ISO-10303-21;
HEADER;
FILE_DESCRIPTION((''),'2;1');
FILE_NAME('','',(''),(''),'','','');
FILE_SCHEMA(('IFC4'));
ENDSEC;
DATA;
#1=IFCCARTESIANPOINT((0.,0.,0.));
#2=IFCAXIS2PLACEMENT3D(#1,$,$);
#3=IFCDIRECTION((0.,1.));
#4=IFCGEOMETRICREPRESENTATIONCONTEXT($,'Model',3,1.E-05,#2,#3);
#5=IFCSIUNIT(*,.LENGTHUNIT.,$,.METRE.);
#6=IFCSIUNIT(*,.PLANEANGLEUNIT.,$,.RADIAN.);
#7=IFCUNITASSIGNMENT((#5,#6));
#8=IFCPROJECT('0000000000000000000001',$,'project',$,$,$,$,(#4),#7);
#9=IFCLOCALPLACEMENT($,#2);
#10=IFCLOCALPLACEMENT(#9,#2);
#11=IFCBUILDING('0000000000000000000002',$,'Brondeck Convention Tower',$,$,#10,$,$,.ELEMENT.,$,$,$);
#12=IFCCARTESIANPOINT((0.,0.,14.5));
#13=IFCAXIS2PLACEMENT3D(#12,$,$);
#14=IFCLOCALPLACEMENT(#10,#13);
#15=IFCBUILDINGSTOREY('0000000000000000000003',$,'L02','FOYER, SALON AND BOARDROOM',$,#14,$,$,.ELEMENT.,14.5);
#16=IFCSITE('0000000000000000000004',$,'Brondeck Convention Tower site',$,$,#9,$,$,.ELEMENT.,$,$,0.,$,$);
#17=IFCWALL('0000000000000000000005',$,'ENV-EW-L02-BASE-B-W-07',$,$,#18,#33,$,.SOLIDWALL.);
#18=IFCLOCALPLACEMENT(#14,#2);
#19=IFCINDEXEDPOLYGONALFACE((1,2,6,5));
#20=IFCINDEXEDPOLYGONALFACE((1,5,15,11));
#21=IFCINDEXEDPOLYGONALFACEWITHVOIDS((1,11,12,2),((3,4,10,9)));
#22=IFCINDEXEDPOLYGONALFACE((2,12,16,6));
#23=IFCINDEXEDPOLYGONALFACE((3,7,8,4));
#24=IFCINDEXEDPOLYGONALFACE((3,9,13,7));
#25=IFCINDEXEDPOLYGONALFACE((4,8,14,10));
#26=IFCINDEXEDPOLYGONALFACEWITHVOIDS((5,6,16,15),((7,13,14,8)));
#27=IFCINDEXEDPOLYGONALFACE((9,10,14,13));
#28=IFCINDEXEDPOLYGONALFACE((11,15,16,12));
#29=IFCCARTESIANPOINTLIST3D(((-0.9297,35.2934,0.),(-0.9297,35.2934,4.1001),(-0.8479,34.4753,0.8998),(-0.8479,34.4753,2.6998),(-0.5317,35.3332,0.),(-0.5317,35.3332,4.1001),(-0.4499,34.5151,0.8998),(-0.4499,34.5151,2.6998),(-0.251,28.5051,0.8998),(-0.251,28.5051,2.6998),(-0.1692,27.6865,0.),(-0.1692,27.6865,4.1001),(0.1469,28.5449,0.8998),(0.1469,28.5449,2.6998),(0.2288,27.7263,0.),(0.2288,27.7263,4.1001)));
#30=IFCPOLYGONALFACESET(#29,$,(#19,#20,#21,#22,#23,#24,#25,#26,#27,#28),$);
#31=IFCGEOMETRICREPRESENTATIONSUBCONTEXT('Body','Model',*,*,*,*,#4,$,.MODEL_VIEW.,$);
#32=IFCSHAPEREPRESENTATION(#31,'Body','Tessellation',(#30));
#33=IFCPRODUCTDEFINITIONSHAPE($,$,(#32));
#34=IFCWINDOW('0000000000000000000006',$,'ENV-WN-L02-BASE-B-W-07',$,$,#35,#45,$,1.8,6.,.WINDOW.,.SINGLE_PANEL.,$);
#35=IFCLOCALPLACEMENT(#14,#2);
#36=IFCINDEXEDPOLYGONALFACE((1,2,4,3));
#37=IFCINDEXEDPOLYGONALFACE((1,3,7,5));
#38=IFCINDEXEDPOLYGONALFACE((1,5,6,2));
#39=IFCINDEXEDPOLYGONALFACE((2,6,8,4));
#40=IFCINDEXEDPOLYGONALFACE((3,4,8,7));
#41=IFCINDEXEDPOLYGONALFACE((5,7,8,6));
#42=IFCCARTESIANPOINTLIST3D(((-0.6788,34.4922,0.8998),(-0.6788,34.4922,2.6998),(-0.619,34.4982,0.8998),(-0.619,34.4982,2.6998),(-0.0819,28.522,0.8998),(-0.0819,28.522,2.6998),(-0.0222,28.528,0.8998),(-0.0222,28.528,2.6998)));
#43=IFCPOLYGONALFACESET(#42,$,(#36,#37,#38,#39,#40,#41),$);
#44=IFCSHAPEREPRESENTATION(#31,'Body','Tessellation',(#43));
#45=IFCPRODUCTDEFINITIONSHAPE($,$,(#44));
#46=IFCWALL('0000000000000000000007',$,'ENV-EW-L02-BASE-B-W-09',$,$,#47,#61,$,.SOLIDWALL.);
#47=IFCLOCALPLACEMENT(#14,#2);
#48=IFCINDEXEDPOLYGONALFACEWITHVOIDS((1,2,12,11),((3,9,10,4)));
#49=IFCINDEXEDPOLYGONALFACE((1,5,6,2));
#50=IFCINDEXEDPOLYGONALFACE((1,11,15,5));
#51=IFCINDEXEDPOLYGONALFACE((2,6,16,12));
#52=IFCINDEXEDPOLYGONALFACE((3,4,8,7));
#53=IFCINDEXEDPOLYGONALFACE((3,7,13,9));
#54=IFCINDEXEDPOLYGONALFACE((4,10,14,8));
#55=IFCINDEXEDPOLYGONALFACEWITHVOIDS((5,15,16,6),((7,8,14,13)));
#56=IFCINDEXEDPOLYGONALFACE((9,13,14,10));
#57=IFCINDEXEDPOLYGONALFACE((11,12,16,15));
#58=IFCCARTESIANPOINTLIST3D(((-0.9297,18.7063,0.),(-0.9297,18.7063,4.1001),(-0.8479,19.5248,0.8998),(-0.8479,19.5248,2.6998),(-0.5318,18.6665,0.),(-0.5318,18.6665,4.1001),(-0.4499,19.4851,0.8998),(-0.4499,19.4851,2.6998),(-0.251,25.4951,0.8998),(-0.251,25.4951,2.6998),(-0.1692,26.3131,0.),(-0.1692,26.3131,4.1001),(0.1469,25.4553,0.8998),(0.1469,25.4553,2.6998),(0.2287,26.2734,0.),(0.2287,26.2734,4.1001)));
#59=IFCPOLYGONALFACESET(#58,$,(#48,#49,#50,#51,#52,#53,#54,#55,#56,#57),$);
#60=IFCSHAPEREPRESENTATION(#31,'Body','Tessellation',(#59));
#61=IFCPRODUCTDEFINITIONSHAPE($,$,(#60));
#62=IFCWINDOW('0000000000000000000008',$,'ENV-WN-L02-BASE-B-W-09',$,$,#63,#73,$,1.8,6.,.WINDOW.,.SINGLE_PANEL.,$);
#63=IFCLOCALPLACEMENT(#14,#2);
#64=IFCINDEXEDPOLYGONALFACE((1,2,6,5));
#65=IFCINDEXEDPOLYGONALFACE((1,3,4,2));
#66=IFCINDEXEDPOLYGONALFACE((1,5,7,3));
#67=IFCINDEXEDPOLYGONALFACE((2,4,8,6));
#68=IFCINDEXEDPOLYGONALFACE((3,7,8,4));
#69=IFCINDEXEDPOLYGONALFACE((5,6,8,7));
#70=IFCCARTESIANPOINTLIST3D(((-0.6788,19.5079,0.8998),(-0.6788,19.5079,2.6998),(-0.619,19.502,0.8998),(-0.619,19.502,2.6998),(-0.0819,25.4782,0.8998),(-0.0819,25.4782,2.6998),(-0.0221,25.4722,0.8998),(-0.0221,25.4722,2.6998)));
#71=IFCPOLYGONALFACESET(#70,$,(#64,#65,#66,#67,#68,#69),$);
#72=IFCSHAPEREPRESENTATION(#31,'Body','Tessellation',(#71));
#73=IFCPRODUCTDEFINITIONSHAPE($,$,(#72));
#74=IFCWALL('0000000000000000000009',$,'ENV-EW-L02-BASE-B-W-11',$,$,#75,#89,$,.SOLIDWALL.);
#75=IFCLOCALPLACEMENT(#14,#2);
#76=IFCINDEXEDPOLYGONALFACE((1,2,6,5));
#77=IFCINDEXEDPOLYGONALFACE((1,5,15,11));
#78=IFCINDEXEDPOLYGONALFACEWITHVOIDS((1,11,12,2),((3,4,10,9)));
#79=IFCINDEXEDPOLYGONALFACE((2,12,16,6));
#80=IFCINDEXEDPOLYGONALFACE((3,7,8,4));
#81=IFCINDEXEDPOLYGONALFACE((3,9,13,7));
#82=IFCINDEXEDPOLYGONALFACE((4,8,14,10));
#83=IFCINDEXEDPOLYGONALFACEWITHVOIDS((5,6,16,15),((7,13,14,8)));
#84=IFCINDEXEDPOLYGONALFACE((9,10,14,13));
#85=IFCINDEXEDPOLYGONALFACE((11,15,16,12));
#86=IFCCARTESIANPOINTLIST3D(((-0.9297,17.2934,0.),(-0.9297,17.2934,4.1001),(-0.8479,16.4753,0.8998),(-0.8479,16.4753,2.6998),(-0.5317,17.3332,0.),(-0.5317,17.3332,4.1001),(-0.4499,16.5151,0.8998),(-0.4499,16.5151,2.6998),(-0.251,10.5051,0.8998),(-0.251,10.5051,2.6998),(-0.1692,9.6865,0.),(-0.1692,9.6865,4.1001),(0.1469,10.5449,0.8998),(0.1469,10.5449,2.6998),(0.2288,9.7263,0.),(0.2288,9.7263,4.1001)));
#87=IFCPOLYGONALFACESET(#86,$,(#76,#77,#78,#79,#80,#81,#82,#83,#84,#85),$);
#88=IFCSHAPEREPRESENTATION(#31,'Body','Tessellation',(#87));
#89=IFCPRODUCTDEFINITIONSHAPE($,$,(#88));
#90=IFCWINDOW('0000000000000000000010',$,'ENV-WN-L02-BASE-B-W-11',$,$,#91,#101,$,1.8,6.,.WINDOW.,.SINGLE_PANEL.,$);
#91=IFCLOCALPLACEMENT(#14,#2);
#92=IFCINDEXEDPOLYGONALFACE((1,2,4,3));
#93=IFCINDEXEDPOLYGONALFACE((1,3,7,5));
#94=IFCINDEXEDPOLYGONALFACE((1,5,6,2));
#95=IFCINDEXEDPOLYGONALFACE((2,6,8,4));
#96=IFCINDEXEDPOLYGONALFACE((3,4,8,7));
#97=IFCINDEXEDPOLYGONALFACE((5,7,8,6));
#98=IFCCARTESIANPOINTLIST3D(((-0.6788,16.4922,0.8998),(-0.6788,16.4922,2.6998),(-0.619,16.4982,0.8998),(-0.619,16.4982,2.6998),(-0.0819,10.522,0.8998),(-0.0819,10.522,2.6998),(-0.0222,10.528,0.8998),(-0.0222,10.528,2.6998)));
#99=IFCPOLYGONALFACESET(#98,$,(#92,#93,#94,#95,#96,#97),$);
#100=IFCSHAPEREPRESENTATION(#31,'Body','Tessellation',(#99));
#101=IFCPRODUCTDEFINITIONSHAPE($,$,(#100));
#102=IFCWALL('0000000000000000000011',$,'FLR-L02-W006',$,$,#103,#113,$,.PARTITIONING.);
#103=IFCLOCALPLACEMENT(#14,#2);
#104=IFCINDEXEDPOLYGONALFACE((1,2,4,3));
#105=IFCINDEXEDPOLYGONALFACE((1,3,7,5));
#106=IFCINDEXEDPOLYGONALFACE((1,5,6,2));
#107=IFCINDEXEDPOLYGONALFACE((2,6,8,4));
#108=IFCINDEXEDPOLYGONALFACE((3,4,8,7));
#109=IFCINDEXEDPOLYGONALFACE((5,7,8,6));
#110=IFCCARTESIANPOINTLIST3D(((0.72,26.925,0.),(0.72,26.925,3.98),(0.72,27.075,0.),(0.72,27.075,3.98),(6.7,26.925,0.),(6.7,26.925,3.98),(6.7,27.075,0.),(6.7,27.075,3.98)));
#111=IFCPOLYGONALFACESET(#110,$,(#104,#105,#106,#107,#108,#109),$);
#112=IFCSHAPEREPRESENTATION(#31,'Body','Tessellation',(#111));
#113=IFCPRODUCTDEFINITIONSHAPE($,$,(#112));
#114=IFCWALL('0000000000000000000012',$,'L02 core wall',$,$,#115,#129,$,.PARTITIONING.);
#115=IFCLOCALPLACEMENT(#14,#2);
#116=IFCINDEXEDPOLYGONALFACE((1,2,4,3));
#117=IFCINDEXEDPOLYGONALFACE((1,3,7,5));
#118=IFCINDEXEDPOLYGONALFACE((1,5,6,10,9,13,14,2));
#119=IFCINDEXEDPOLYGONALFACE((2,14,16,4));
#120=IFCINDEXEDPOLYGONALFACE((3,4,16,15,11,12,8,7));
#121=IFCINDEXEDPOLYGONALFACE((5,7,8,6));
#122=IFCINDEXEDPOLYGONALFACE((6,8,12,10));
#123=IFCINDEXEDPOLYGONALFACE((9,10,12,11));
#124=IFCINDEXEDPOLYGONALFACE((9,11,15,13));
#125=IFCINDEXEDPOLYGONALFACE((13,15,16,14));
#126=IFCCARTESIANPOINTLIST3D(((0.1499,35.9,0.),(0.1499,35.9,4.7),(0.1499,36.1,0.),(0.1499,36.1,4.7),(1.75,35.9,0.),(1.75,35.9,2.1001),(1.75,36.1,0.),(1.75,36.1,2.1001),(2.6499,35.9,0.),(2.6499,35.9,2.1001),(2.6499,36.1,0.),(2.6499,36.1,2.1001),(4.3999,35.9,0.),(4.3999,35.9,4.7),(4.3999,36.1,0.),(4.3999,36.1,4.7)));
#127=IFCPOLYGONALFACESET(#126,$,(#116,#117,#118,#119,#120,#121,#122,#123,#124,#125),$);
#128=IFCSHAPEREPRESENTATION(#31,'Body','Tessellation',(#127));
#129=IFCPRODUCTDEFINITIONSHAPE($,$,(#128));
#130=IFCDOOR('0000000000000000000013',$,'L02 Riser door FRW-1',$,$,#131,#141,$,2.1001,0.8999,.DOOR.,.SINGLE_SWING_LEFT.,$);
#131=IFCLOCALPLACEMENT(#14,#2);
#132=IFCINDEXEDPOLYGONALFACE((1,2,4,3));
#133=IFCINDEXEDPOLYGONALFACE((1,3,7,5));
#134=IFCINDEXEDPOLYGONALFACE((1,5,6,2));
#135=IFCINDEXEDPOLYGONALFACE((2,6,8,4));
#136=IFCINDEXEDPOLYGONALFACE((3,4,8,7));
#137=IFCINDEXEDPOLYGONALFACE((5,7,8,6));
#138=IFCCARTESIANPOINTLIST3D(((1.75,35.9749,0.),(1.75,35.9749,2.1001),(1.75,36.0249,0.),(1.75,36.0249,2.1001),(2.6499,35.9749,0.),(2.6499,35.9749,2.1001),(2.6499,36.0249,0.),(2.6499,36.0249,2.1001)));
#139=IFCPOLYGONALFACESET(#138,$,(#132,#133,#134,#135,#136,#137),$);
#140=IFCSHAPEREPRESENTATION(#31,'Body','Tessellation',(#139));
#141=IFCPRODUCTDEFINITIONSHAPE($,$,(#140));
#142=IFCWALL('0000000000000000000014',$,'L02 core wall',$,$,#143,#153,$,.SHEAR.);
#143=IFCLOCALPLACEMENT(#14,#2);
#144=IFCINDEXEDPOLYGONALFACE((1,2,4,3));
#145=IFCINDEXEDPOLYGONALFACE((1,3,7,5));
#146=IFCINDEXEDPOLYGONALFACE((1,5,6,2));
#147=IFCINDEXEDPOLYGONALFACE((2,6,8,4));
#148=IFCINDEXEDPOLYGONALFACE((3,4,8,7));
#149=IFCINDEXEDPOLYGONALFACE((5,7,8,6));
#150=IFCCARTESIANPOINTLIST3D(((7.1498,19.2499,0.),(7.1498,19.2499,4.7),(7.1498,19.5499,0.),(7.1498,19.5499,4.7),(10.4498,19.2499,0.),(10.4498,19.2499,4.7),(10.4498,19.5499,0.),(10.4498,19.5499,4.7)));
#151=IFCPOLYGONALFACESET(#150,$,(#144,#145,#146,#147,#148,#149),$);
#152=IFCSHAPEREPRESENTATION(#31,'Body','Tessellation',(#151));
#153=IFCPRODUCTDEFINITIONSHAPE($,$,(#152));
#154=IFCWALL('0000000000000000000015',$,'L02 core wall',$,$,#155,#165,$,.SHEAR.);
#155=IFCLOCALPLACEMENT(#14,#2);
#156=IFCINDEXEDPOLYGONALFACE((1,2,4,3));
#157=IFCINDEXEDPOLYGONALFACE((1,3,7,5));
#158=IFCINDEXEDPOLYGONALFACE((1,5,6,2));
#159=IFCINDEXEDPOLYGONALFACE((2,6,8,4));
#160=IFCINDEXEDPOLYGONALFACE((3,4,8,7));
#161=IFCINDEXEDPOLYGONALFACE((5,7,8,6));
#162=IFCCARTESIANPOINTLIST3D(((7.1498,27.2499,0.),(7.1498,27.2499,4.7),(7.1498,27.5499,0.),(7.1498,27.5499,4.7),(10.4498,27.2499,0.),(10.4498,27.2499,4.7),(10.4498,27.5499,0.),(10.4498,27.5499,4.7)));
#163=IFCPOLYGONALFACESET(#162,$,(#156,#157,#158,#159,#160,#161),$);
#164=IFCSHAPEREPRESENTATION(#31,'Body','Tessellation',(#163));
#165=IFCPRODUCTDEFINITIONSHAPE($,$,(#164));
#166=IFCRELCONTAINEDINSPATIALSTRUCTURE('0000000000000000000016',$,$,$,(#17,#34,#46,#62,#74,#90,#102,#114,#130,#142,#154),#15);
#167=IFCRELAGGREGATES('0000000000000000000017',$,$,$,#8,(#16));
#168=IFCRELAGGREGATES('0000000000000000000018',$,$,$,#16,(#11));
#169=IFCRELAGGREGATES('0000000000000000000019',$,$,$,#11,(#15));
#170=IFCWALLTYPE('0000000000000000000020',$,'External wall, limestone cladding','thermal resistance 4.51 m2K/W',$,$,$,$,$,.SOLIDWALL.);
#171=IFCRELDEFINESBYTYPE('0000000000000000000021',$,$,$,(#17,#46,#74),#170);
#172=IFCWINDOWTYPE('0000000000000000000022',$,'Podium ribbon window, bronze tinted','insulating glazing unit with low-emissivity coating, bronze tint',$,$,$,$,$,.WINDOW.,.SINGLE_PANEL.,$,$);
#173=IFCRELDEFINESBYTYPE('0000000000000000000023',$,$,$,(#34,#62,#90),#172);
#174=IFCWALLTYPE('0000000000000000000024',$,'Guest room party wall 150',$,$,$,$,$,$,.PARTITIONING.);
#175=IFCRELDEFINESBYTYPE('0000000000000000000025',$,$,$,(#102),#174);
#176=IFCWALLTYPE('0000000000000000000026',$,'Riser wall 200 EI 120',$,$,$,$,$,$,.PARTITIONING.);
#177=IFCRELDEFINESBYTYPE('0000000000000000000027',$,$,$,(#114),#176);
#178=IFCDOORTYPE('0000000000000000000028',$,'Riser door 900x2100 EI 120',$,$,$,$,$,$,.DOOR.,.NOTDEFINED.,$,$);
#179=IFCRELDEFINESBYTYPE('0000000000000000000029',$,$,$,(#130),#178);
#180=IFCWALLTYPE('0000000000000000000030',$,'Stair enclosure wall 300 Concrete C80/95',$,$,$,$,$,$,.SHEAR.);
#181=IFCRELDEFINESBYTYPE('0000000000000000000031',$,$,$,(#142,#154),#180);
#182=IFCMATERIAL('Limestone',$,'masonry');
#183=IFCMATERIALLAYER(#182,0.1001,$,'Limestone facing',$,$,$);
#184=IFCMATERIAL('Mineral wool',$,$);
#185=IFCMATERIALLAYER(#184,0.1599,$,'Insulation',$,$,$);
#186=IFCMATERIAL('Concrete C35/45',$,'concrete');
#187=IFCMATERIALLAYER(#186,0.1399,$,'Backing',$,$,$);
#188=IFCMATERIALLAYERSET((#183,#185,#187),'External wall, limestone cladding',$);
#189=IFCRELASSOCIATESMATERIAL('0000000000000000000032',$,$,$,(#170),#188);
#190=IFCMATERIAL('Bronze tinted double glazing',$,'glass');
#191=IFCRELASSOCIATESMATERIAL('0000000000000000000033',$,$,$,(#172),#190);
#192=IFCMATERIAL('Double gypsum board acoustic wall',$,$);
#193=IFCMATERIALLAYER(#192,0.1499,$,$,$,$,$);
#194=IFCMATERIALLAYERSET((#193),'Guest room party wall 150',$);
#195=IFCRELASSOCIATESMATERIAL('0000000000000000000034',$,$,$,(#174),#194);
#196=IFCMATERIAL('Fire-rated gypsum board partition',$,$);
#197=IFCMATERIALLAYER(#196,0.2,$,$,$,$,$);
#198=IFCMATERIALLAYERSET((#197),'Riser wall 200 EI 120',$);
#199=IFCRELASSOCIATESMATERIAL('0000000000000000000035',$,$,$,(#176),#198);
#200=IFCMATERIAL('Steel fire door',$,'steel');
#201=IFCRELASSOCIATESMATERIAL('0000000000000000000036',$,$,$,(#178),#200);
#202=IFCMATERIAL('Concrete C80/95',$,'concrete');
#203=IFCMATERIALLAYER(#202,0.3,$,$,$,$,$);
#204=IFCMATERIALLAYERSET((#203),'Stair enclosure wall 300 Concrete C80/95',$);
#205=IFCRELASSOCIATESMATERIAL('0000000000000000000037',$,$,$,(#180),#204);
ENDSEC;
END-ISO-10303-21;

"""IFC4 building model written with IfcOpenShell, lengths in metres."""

from ifc_helpers import new_model, si_unit, direction, frame, frame_2d, origin, place, context, subcontext, project, spatial, rectangle, extrude, material, layer, layer_set, type_object, element, fill, save


model = new_model("IFC4")

# Units and contexts
model_context = context("Model", 3, precision=1e-05, world=origin(), true_north=direction((0.0, 1.0)))
body_context = subcontext(model_context, "Body", "Model", "MODEL_VIEW")
ifc_project = project(units=[si_unit("LENGTHUNIT", "METRE"), si_unit("PLANEANGLEUNIT", "RADIAN")], contexts=[model_context])

# Site, building, storey
site_placement = place(None, origin())
site = spatial("IfcSite", under=ifc_project, at=site_placement, Name="Brondeck Convention Tower site", CompositionType="ELEMENT", RefElevation=0.0)
building_placement = place(site_placement, origin())
building = spatial("IfcBuilding", under=site, at=building_placement, Name="Brondeck Convention Tower", CompositionType="ELEMENT")
storey_placement = place(building_placement, frame((0.0, 0.0, 14.5)))
storey = spatial("IfcBuildingStorey", under=building, at=storey_placement, Name="L02", Description="FOYER, SALON AND BOARDROOM", CompositionType="ELEMENT", Elevation=14.5)

# Shared definitions
ifc_material_1 = material(Name="Concrete C80/95", Category="concrete")

# Walls, openings, windows
ifc_material_2 = material(Name="Limestone", Category="masonry")
ifc_layer_1 = layer(ifc_material_2, 0.1001, Name="Limestone facing")
ifc_material_3 = material(Name="Mineral wool")
ifc_layer_2 = layer(ifc_material_3, 0.1599, Name="Insulation")
ifc_material_4 = material(Name="Concrete C35/45", Category="concrete")
ifc_layer_3 = layer(ifc_material_4, 0.1399, Name="Backing")
ifc_layer_set_1 = layer_set([ifc_layer_1, ifc_layer_2, ifc_layer_3], Name="External wall, limestone cladding")
wall_type_1 = type_object("IfcWallType", Name="External wall, limestone cladding", Description="thermal resistance 4.51 m2K/W", PredefinedType="SOLIDWALL", material=ifc_layer_set_1)
wall_1_placement = place(storey_placement, frame((0.0298, 27.7065, 0.0), z_axis=(0.0, 0.0, 1.0), x_axis=(-0.099478, 0.99504, 0.0)))
wall_1 = element("IfcWall", 1, at=wall_1_placement, inside=storey, type_object=wall_type_1, Name="ENV-EW-L02-BASE-B-W-07", PredefinedType="SOLIDWALL", context=body_context, shape_type="SweptSolid", body=[
    extrude(rectangle(XDim=7.6448, YDim=0.3999, at=frame_2d((3.8223, 0.0))), origin(), (0.0, 0.0, 1.0), 4.1001),
])
opening_1_placement = place(wall_1_placement, frame((0.8225, 0.0, 0.8999)))
opening_1 = element("IfcOpeningElement", 2, at=opening_1_placement, cuts=wall_1, PredefinedType="OPENING", context=body_context, shape_type="SweptSolid", body=[
    extrude(rectangle(XDim=6.0, YDim=1.8, at=frame_2d((3.0, 0.8999))), frame((0.0, 0.21, 0.0), z_axis=(0.0, -1.0, 0.0), x_axis=(1.0, 0.0, 0.0)), (0.0, 0.0, 1.0), 0.4199),
])
ifc_material_5 = material(Name="Bronze tinted double glazing", Category="glass")
window_type = type_object("IfcWindowType", Name="Podium ribbon window, bronze tinted", Description="insulating glazing unit with low-emissivity coating, bronze tint", PartitioningType="SINGLE_PANEL", PredefinedType="WINDOW", material=ifc_material_5)
window_1_placement = place(opening_1_placement, origin())
window_1 = element("IfcWindow", 3, at=window_1_placement, inside=storey, type_object=window_type, Name="ENV-WN-L02-BASE-B-W-07", OverallHeight=1.8, OverallWidth=6.0, PartitioningType="SINGLE_PANEL", PredefinedType="WINDOW", context=body_context, shape_type="SweptSolid", body=[
    extrude(rectangle(XDim=6.0, YDim=1.8, at=frame_2d((3.0, 0.8999))), frame((0.0, 0.03, 0.0), z_axis=(0.0, -1.0, 0.0), x_axis=(1.0, 0.0, 0.0)), (0.0, 0.0, 1.0), 0.0601),
])
fill(opening_1, window_1)
wall_2_placement = place(storey_placement, frame((-0.7307, 18.6865, 0.0), z_axis=(0.0, 0.0, 1.0), x_axis=(0.099478, 0.99504, 0.0)))
wall_2 = element("IfcWall", 4, at=wall_2_placement, inside=storey, type_object=wall_type_1, Name="ENV-EW-L02-BASE-B-W-09", PredefinedType="SOLIDWALL", context=body_context, shape_type="SweptSolid", body=[
    extrude(rectangle(XDim=7.6448, YDim=0.3999, at=frame_2d((3.8223, 0.0))), origin(), (0.0, 0.0, 1.0), 4.1001),
])
opening_2_placement = place(wall_2_placement, frame((0.8225, 0.0, 0.8999)))
opening_2 = element("IfcOpeningElement", 5, at=opening_2_placement, cuts=wall_2, PredefinedType="OPENING", context=body_context, shape_type="SweptSolid", body=[
    extrude(rectangle(XDim=6.0, YDim=1.8, at=frame_2d((3.0, 0.8999))), frame((0.0, 0.21, 0.0), z_axis=(0.0, -1.0, 0.0), x_axis=(1.0, 0.0, 0.0)), (0.0, 0.0, 1.0), 0.4199),
])
window_2_placement = place(opening_2_placement, origin())
window_2 = element("IfcWindow", 6, at=window_2_placement, inside=storey, type_object=window_type, Name="ENV-WN-L02-BASE-B-W-09", OverallHeight=1.8, OverallWidth=6.0, PartitioningType="SINGLE_PANEL", PredefinedType="WINDOW", context=body_context, shape_type="SweptSolid", body=[
    extrude(rectangle(XDim=6.0, YDim=1.8, at=frame_2d((3.0, 0.8999))), frame((0.0, 0.03, 0.0), z_axis=(0.0, -1.0, 0.0), x_axis=(1.0, 0.0, 0.0)), (0.0, 0.0, 1.0), 0.0601),
])
fill(opening_2, window_2)
wall_3_placement = place(storey_placement, frame((0.0298, 9.7065, 0.0), z_axis=(0.0, 0.0, 1.0), x_axis=(-0.099478, 0.99504, 0.0)))
wall_3 = element("IfcWall", 7, at=wall_3_placement, inside=storey, type_object=wall_type_1, Name="ENV-EW-L02-BASE-B-W-11", PredefinedType="SOLIDWALL", context=body_context, shape_type="SweptSolid", body=[
    extrude(rectangle(XDim=7.6448, YDim=0.3999, at=frame_2d((3.8223, 0.0))), origin(), (0.0, 0.0, 1.0), 4.1001),
])
opening_3_placement = place(wall_3_placement, frame((0.8225, 0.0, 0.8999)))
opening_3 = element("IfcOpeningElement", 8, at=opening_3_placement, cuts=wall_3, PredefinedType="OPENING", context=body_context, shape_type="SweptSolid", body=[
    extrude(rectangle(XDim=6.0, YDim=1.8, at=frame_2d((3.0, 0.8999))), frame((0.0, 0.21, 0.0), z_axis=(0.0, -1.0, 0.0), x_axis=(1.0, 0.0, 0.0)), (0.0, 0.0, 1.0), 0.4199),
])
window_3_placement = place(opening_3_placement, origin())
window_3 = element("IfcWindow", 9, at=window_3_placement, inside=storey, type_object=window_type, Name="ENV-WN-L02-BASE-B-W-11", OverallHeight=1.8, OverallWidth=6.0, PartitioningType="SINGLE_PANEL", PredefinedType="WINDOW", context=body_context, shape_type="SweptSolid", body=[
    extrude(rectangle(XDim=6.0, YDim=1.8, at=frame_2d((3.0, 0.8999))), frame((0.0, 0.03, 0.0), z_axis=(0.0, -1.0, 0.0), x_axis=(1.0, 0.0, 0.0)), (0.0, 0.0, 1.0), 0.0601),
])
fill(opening_3, window_3)

# Wall
ifc_material_6 = material(Name="Double gypsum board acoustic wall")
ifc_layer_4 = layer(ifc_material_6, 0.1499)
ifc_layer_set_2 = layer_set([ifc_layer_4], Name="Guest room party wall 150")
wall_type_2 = type_object("IfcWallType", Name="Guest room party wall 150", PredefinedType="PARTITIONING", material=ifc_layer_set_2)
wall_4_placement = place(storey_placement, frame((0.72, 27.0, 0.0), z_axis=(0.0, 0.0, 1.0), x_axis=(1.0, 0.0, 0.0)))
element("IfcWall", 10, at=wall_4_placement, inside=storey, type_object=wall_type_2, Name="FLR-L02-W006", PredefinedType="PARTITIONING", context=body_context, shape_type="SweptSolid", body=[
    extrude(rectangle(XDim=5.98, YDim=0.1499, at=frame_2d((2.99, 0.0))), origin(), (0.0, 0.0, 1.0), 3.98),
])

# Wall, opening, door
ifc_material_7 = material(Name="Fire-rated gypsum board partition")
ifc_layer_5 = layer(ifc_material_7, 0.2)
ifc_layer_set_3 = layer_set([ifc_layer_5], Name="Riser wall 200 EI 120")
wall_type_3 = type_object("IfcWallType", Name="Riser wall 200 EI 120", PredefinedType="PARTITIONING", material=ifc_layer_set_3)
wall_5_placement = place(storey_placement, frame((0.1499, 36.0, 0.0), z_axis=(0.0, 0.0, 1.0), x_axis=(1.0, 0.0, 0.0)))
wall_5 = element("IfcWall", 11, at=wall_5_placement, inside=storey, type_object=wall_type_3, Name="L02 core wall", PredefinedType="PARTITIONING", context=body_context, shape_type="SweptSolid", body=[
    extrude(rectangle(XDim=4.25, YDim=0.2, at=frame_2d((2.125, 0.0))), origin(), (0.0, 0.0, 1.0), 4.7),
])
opening_4_placement = place(wall_5_placement, frame((1.6001, 0.0, 0.0)))
opening_4 = element("IfcOpeningElement", 12, at=opening_4_placement, cuts=wall_5, PredefinedType="OPENING", context=body_context, shape_type="SweptSolid", body=[
    extrude(rectangle(XDim=0.8999, YDim=2.1001, at=frame_2d((0.45, 1.05))), frame((0.0, 0.1099, 0.0), z_axis=(0.0, -1.0, 0.0), x_axis=(1.0, 0.0, 0.0)), (0.0, 0.0, 1.0), 0.22),
])
ifc_material_8 = material(Name="Steel fire door", Category="steel")
door_type_1 = type_object("IfcDoorType", Name="Riser door 900x2100 EI 120", OperationType="NOTDEFINED", PredefinedType="DOOR", material=ifc_material_8)
door_1_placement = place(opening_4_placement, origin())
door_1 = element("IfcDoor", 13, at=door_1_placement, inside=storey, type_object=door_type_1, Name="L02 Riser door FRW-1", OperationType="SINGLE_SWING_LEFT", OverallHeight=2.1001, OverallWidth=0.8999, PredefinedType="DOOR", context=body_context, shape_type="SweptSolid", body=[
    extrude(rectangle(XDim=0.8999, YDim=2.1001, at=frame_2d((0.45, 1.05))), frame((0.0, 0.0249, 0.0), z_axis=(0.0, -1.0, 0.0), x_axis=(1.0, 0.0, 0.0)), (0.0, 0.0, 1.0), 0.05),
])
fill(opening_4, door_1)

# Walls
ifc_layer_6 = layer(ifc_material_1, 0.3)
ifc_layer_set_4 = layer_set([ifc_layer_6], Name="Stair enclosure wall 300 Concrete C80/95")
wall_type_4 = type_object("IfcWallType", Name="Stair enclosure wall 300 Concrete C80/95", PredefinedType="SHEAR", material=ifc_layer_set_4)
for number, where, z_axis, x_axis, name in (
    (14, (7.1499, 19.3999, 0.0), (0.0, 0.0, 1.0), (1.0, 0.0, 0.0), "L02 core wall"),
    (15, (7.1499, 27.3999, 0.0), (0.0, 0.0, 1.0), (1.0, 0.0, 0.0), "L02 core wall"),
):
    element("IfcWall", number, at=place(storey_placement, frame(where, z_axis=z_axis, x_axis=x_axis)), inside=storey, type_object=wall_type_4, Name=name, PredefinedType="SHEAR", context=body_context, shape_type="SweptSolid", body=[
        extrude(rectangle(XDim=3.3, YDim=0.3, at=frame_2d((1.6499, 0.0))), origin(), (0.0, 0.0, 1.0), 4.7),
    ])

save(model, "model.ifc")
